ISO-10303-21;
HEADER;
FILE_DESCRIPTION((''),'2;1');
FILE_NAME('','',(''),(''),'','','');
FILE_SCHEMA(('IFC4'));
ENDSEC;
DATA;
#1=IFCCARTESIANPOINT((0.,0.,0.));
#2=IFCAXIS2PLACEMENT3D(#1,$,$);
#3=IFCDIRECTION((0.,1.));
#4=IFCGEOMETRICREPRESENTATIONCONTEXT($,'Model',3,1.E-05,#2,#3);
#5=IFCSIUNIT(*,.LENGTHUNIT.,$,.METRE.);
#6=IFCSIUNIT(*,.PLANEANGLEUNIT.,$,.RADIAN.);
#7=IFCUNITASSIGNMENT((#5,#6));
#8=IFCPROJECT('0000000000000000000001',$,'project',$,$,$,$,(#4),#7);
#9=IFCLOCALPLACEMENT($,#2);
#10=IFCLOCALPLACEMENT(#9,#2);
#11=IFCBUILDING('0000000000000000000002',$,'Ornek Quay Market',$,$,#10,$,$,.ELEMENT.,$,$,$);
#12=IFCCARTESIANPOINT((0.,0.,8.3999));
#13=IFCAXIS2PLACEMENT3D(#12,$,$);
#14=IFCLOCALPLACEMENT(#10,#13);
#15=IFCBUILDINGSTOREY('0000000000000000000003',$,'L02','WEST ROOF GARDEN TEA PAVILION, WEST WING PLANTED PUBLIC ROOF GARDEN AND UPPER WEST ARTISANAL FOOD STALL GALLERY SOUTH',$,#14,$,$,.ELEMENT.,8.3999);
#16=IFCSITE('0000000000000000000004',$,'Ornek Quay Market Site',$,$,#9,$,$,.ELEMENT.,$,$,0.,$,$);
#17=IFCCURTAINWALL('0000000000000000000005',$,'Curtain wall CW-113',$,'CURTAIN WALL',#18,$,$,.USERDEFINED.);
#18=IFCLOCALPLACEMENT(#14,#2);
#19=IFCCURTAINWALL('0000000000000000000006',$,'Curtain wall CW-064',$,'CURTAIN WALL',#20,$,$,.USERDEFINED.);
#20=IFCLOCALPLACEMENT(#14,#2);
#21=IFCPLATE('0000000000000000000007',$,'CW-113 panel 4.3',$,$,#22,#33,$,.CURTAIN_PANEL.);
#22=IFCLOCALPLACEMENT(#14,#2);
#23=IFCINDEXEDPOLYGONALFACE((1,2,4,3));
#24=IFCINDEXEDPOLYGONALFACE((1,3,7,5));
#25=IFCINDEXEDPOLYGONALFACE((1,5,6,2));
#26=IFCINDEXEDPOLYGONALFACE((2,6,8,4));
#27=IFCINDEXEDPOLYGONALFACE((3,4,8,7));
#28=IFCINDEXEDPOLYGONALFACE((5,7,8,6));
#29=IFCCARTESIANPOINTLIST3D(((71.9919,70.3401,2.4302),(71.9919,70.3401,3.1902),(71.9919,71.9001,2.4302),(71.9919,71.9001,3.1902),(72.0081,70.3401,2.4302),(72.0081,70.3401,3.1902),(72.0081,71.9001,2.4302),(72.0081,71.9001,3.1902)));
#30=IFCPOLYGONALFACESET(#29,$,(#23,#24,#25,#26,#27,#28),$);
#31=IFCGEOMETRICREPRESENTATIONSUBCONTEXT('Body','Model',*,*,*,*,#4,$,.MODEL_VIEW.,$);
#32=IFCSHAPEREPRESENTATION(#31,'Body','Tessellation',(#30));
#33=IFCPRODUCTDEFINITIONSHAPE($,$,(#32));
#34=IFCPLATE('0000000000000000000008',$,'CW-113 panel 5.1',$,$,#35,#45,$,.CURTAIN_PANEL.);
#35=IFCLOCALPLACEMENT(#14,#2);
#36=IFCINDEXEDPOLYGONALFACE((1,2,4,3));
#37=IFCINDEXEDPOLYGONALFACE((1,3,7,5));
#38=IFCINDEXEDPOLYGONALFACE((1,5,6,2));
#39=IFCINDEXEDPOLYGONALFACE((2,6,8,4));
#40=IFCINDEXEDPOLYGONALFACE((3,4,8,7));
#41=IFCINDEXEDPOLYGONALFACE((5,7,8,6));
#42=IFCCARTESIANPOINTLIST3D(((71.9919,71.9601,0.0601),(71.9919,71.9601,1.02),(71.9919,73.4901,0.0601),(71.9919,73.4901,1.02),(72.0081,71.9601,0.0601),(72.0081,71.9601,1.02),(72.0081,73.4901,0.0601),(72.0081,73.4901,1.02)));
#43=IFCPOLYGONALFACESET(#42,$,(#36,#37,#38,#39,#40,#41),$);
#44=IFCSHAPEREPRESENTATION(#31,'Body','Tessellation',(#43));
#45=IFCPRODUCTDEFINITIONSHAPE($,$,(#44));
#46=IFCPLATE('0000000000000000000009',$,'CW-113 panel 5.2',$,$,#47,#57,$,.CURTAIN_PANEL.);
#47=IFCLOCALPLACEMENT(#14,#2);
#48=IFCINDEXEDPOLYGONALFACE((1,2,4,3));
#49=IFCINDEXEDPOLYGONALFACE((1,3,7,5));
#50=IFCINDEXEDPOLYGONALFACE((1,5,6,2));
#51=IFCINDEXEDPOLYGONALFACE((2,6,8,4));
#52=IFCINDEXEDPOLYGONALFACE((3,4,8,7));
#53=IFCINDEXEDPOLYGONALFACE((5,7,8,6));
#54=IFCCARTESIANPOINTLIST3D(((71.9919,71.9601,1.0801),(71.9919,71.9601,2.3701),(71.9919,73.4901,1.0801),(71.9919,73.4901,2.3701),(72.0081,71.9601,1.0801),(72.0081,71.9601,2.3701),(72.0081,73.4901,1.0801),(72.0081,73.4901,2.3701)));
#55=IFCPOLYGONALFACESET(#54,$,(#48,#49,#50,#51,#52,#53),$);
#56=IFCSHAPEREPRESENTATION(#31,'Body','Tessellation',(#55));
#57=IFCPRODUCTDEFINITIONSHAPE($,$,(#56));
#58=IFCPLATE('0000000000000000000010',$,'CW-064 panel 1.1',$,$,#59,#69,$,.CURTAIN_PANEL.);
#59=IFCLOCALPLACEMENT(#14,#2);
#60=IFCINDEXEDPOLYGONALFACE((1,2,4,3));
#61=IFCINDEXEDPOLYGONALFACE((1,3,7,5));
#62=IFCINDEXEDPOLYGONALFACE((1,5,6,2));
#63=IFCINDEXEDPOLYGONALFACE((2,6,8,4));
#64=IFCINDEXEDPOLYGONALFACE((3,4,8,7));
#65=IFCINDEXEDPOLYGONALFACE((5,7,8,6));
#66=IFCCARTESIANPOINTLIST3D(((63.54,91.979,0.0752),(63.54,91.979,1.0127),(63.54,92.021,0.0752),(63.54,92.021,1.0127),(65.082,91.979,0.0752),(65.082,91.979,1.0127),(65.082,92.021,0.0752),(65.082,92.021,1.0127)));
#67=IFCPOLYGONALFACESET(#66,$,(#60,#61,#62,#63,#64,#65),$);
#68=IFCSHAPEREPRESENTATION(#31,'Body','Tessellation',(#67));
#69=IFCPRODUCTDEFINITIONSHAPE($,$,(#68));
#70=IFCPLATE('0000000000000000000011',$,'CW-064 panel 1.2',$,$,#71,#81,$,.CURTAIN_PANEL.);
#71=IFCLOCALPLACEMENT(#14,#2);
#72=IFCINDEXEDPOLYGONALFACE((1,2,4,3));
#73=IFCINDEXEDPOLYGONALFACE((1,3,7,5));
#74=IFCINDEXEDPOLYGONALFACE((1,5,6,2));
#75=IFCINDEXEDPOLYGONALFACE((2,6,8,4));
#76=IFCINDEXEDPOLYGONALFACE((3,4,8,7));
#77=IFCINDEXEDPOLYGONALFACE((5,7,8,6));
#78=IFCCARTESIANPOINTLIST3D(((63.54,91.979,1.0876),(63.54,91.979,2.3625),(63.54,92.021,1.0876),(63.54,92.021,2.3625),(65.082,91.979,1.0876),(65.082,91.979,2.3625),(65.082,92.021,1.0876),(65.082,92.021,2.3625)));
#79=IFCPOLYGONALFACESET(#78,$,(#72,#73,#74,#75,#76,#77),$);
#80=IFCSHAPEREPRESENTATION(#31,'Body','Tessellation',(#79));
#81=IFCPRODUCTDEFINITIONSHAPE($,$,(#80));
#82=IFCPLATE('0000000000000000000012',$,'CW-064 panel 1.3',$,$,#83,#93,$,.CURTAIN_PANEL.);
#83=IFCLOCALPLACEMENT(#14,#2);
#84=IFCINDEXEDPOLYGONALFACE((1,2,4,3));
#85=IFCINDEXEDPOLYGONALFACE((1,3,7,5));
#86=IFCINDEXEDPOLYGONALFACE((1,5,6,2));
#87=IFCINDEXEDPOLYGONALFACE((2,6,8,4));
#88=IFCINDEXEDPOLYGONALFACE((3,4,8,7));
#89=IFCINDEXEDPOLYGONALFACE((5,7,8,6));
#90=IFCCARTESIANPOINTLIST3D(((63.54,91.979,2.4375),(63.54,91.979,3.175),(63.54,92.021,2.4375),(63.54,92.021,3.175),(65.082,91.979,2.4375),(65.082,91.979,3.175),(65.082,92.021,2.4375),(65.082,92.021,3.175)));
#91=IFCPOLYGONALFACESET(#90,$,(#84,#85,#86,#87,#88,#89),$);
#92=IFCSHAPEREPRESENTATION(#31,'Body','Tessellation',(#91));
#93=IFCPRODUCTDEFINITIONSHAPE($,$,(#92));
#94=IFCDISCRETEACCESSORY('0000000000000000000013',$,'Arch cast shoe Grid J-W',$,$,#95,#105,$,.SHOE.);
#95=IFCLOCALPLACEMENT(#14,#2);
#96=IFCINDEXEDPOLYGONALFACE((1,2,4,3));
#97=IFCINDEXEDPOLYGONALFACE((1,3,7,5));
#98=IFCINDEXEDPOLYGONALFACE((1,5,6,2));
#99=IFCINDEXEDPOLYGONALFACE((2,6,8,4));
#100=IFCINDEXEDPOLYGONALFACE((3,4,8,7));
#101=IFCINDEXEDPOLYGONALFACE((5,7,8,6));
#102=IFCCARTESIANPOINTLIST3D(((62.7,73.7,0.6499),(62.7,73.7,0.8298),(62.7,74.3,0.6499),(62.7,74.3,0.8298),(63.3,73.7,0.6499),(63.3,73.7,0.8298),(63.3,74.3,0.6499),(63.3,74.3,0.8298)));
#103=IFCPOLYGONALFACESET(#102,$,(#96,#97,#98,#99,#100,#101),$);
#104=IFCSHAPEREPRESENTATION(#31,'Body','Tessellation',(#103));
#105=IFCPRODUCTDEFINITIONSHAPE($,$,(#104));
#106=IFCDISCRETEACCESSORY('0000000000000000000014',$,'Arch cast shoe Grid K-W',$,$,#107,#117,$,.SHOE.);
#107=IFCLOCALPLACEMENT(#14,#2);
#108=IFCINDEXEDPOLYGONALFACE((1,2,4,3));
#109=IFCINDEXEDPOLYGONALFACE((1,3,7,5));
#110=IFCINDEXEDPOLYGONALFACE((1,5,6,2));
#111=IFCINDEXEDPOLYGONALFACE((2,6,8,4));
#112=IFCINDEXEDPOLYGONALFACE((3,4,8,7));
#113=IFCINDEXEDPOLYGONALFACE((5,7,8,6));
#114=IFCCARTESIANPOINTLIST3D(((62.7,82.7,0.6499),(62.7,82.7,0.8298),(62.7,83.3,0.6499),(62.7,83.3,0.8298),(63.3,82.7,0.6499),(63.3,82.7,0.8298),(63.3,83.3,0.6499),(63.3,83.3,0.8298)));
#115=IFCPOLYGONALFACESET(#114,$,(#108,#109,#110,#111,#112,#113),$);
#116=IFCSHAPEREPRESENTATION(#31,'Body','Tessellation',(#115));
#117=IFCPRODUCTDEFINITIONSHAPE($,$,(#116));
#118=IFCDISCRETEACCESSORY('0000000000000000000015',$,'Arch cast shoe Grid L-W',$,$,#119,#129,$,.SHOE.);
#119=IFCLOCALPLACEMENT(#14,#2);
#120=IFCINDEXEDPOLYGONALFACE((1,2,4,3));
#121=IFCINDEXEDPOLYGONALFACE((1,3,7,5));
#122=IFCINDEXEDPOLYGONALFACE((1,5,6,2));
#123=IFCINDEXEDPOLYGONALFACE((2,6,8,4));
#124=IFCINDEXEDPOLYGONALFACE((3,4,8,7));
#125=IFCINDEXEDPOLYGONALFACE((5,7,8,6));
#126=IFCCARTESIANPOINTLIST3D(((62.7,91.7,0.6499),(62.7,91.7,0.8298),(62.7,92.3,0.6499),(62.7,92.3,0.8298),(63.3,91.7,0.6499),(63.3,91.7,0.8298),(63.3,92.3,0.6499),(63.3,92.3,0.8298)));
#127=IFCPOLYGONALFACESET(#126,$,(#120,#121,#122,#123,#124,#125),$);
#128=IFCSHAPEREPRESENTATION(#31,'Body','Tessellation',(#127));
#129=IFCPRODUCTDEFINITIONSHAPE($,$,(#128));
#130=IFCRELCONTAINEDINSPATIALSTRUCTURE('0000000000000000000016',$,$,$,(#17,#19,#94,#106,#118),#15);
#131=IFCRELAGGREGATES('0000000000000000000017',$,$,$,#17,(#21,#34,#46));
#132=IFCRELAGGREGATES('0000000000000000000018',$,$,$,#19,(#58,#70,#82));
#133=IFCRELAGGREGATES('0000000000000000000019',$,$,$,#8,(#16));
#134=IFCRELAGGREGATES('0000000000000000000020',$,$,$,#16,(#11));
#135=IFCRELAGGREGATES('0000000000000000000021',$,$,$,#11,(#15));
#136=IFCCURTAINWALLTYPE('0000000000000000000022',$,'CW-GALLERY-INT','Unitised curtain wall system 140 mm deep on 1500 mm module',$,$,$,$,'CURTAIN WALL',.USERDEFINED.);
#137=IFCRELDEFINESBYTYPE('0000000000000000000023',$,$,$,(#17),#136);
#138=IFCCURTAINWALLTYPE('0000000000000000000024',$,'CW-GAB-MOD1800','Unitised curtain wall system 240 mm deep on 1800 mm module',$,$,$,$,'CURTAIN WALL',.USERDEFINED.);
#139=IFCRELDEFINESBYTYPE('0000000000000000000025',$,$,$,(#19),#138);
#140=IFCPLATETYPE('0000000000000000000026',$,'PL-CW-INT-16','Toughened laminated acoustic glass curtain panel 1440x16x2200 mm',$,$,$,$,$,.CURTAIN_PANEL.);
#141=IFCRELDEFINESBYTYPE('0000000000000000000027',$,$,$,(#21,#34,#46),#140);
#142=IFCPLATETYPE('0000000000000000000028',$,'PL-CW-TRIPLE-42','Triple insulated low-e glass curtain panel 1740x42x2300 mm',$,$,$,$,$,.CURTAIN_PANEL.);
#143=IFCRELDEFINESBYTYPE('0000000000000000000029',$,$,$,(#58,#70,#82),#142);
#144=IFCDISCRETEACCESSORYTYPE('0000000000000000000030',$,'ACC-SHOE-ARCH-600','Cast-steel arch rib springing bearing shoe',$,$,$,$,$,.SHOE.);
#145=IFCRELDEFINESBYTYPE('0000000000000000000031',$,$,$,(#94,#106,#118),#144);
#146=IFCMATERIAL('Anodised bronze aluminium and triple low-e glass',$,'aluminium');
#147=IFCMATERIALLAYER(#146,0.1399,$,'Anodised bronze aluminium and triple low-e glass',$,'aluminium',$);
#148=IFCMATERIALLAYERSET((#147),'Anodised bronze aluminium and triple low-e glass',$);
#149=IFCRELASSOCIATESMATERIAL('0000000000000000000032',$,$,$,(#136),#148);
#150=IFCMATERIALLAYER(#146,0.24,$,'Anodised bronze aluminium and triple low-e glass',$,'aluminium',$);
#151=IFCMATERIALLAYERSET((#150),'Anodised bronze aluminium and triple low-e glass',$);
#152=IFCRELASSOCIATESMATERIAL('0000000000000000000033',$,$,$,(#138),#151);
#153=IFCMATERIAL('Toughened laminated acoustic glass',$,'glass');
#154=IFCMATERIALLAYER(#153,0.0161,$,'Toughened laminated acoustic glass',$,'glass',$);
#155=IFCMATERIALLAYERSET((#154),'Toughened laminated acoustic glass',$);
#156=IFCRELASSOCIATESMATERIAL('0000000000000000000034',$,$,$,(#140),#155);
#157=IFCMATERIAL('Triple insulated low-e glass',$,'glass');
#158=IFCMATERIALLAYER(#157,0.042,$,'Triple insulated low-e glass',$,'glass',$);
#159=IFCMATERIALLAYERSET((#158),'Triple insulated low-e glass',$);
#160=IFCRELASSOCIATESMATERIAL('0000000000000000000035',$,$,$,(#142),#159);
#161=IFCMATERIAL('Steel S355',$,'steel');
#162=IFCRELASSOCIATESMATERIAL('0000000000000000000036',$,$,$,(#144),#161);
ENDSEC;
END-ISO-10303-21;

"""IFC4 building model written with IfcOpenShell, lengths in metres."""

from ifc_helpers import new_model, si_unit, direction, frame, origin, origin_2d, place, context, subcontext, project, spatial, rectangle, extrude, material, layer, layer_set, type_object, element, aggregate, save


model = new_model("IFC4")

# Units and contexts
model_context = context("Model", 3, precision=1e-05, world=origin(), true_north=direction((0.0, 1.0)))
body_context = subcontext(model_context, "Body", "Model", "MODEL_VIEW")
ifc_project = project(units=[si_unit("LENGTHUNIT", "METRE"), si_unit("PLANEANGLEUNIT", "RADIAN")], contexts=[model_context])

# Site, building, storey
site_placement = place(None, origin())
site = spatial("IfcSite", under=ifc_project, at=site_placement, Name="Ornek Quay Market Site", CompositionType="ELEMENT", RefElevation=0.0)
building_placement = place(site_placement, origin())
building = spatial("IfcBuilding", under=site, at=building_placement, Name="Ornek Quay Market", CompositionType="ELEMENT")
storey_placement = place(building_placement, frame((0.0, 0.0, 8.3999)))
storey = spatial("IfcBuildingStorey", under=building, at=storey_placement, Name="L02", Description="WEST ROOF GARDEN TEA PAVILION, WEST WING PLANTED PUBLIC ROOF GARDEN AND UPPER WEST ARTISANAL FOOD STALL GALLERY SOUTH", CompositionType="ELEMENT", Elevation=8.3999)

# Curtain walls
ifc_material_1 = material(Name="Anodised bronze aluminium and triple low-e glass", Category="aluminium")
ifc_layer_1 = layer(ifc_material_1, 0.1399, Name="Anodised bronze aluminium and triple low-e glass", Category="aluminium")
ifc_layer_set_1 = layer_set([ifc_layer_1], Name="Anodised bronze aluminium and triple low-e glass")
curtain_wall_type_1 = type_object("IfcCurtainWallType", Name="CW-GALLERY-INT", Description="Unitised curtain wall system 140 mm deep on 1500 mm module", ElementType="CURTAIN WALL", PredefinedType="USERDEFINED", material=ifc_layer_set_1)
curtain_wall_1_placement = place(storey_placement, origin())
curtain_wall_1 = element("IfcCurtainWall", 1, at=curtain_wall_1_placement, inside=storey, type_object=curtain_wall_type_1, Name="Curtain wall CW-113", ObjectType="CURTAIN WALL", PredefinedType="USERDEFINED")
ifc_layer_2 = layer(ifc_material_1, 0.24, Name="Anodised bronze aluminium and triple low-e glass", Category="aluminium")
ifc_layer_set_2 = layer_set([ifc_layer_2], Name="Anodised bronze aluminium and triple low-e glass")
curtain_wall_type_2 = type_object("IfcCurtainWallType", Name="CW-GAB-MOD1800", Description="Unitised curtain wall system 240 mm deep on 1800 mm module", ElementType="CURTAIN WALL", PredefinedType="USERDEFINED", material=ifc_layer_set_2)
curtain_wall_2_placement = place(storey_placement, origin())
curtain_wall_2 = element("IfcCurtainWall", 2, at=curtain_wall_2_placement, inside=storey, type_object=curtain_wall_type_2, Name="Curtain wall CW-064", ObjectType="CURTAIN WALL", PredefinedType="USERDEFINED")

# Shared definitions
ifc_material_2 = material(Name="Steel S355", Category="steel")

# Plates
ifc_material_3 = material(Name="Toughened laminated acoustic glass", Category="glass")
ifc_layer_3 = layer(ifc_material_3, 0.0161, Name="Toughened laminated acoustic glass", Category="glass")
ifc_layer_set_3 = layer_set([ifc_layer_3], Name="Toughened laminated acoustic glass")
plate_type_1 = type_object("IfcPlateType", Name="PL-CW-INT-16", Description="Toughened laminated acoustic glass curtain panel 1440x16x2200 mm", PredefinedType="CURTAIN_PANEL", material=ifc_layer_set_3)
plate_1_placement = place(storey_placement, frame((72.0, 71.1201, 2.4302), z_axis=(0.0, 0.0, 1.0), x_axis=(0.0, 1.0, 0.0)))
plate_1 = element("IfcPlate", 3, at=plate_1_placement, type_object=plate_type_1, Name="CW-113 panel 4.3", PredefinedType="CURTAIN_PANEL", context=body_context, shape_type="SweptSolid", body=[
    extrude(rectangle(XDim=1.5601, YDim=0.0161, at=origin_2d()), origin(), (0.0, 0.0, 1.0), 0.76),
])
plate_2_placement = place(storey_placement, frame((72.0, 72.7251, 0.0601), z_axis=(0.0, 0.0, 1.0), x_axis=(0.0, 1.0, 0.0)))
plate_2 = element("IfcPlate", 4, at=plate_2_placement, type_object=plate_type_1, Name="CW-113 panel 5.1", PredefinedType="CURTAIN_PANEL", context=body_context, shape_type="SweptSolid", body=[
    extrude(rectangle(XDim=1.53, YDim=0.0161, at=origin_2d()), origin(), (0.0, 0.0, 1.0), 0.96),
])
plate_3_placement = place(storey_placement, frame((72.0, 72.7251, 1.0801), z_axis=(0.0, 0.0, 1.0), x_axis=(0.0, 1.0, 0.0)))
plate_3 = element("IfcPlate", 5, at=plate_3_placement, type_object=plate_type_1, Name="CW-113 panel 5.2", PredefinedType="CURTAIN_PANEL", context=body_context, shape_type="SweptSolid", body=[
    extrude(rectangle(XDim=1.53, YDim=0.0161, at=origin_2d()), origin(), (0.0, 0.0, 1.0), 1.29),
])
aggregate(curtain_wall_1, [plate_1, plate_2, plate_3])
ifc_material_4 = material(Name="Triple insulated low-e glass", Category="glass")
ifc_layer_4 = layer(ifc_material_4, 0.042, Name="Triple insulated low-e glass", Category="glass")
ifc_layer_set_4 = layer_set([ifc_layer_4], Name="Triple insulated low-e glass")
plate_type_2 = type_object("IfcPlateType", Name="PL-CW-TRIPLE-42", Description="Triple insulated low-e glass curtain panel 1740x42x2300 mm", PredefinedType="CURTAIN_PANEL", material=ifc_layer_set_4)
plate_4_placement = place(storey_placement, frame((64.311, 92.0, 0.0752), z_axis=(0.0, 0.0, 1.0), x_axis=(1.0, 0.0, 0.0)))
plate_4 = element("IfcPlate", 6, at=plate_4_placement, type_object=plate_type_2, Name="CW-064 panel 1.1", PredefinedType="CURTAIN_PANEL", context=body_context, shape_type="SweptSolid", body=[
    extrude(rectangle(XDim=1.542, YDim=0.042, at=origin_2d()), origin(), (0.0, 0.0, 1.0), 0.9375),
])
plate_5_placement = place(storey_placement, frame((64.311, 92.0, 1.0876), z_axis=(0.0, 0.0, 1.0), x_axis=(1.0, 0.0, 0.0)))
plate_5 = element("IfcPlate", 7, at=plate_5_placement, type_object=plate_type_2, Name="CW-064 panel 1.2", PredefinedType="CURTAIN_PANEL", context=body_context, shape_type="SweptSolid", body=[
    extrude(rectangle(XDim=1.542, YDim=0.042, at=origin_2d()), origin(), (0.0, 0.0, 1.0), 1.2749),
])
plate_6_placement = place(storey_placement, frame((64.311, 92.0, 2.4375), z_axis=(0.0, 0.0, 1.0), x_axis=(1.0, 0.0, 0.0)))
plate_6 = element("IfcPlate", 8, at=plate_6_placement, type_object=plate_type_2, Name="CW-064 panel 1.3", PredefinedType="CURTAIN_PANEL", context=body_context, shape_type="SweptSolid", body=[
    extrude(rectangle(XDim=1.542, YDim=0.042, at=origin_2d()), origin(), (0.0, 0.0, 1.0), 0.7375),
])
aggregate(curtain_wall_2, [plate_4, plate_5, plate_6])

# Discrete accessories
discrete_accessory_type = type_object("IfcDiscreteAccessoryType", Name="ACC-SHOE-ARCH-600", Description="Cast-steel arch rib springing bearing shoe", PredefinedType="SHOE", material=ifc_material_2)
for number, where, z_axis, x_axis, name in (
    (9, (63.0, 74.0, 0.6499), (0.0, 0.0, 1.0), (1.0, 0.0, 0.0), "Arch cast shoe Grid J-W"),
    (10, (63.0, 83.0, 0.6499), (0.0, 0.0, 1.0), (1.0, 0.0, 0.0), "Arch cast shoe Grid K-W"),
    (11, (63.0, 92.0, 0.6499), (0.0, 0.0, 1.0), (1.0, 0.0, 0.0), "Arch cast shoe Grid L-W"),
):
    element("IfcDiscreteAccessory", number, at=place(storey_placement, frame(where, z_axis=z_axis, x_axis=x_axis)), inside=storey, type_object=discrete_accessory_type, Name=name, PredefinedType="SHOE", context=body_context, shape_type="SweptSolid", body=[
        extrude(rectangle(XDim=0.6001, YDim=0.6001, at=origin_2d()), origin(), (0.0, 0.0, 1.0), 0.1799),
    ])

save(model, "model.ifc")
